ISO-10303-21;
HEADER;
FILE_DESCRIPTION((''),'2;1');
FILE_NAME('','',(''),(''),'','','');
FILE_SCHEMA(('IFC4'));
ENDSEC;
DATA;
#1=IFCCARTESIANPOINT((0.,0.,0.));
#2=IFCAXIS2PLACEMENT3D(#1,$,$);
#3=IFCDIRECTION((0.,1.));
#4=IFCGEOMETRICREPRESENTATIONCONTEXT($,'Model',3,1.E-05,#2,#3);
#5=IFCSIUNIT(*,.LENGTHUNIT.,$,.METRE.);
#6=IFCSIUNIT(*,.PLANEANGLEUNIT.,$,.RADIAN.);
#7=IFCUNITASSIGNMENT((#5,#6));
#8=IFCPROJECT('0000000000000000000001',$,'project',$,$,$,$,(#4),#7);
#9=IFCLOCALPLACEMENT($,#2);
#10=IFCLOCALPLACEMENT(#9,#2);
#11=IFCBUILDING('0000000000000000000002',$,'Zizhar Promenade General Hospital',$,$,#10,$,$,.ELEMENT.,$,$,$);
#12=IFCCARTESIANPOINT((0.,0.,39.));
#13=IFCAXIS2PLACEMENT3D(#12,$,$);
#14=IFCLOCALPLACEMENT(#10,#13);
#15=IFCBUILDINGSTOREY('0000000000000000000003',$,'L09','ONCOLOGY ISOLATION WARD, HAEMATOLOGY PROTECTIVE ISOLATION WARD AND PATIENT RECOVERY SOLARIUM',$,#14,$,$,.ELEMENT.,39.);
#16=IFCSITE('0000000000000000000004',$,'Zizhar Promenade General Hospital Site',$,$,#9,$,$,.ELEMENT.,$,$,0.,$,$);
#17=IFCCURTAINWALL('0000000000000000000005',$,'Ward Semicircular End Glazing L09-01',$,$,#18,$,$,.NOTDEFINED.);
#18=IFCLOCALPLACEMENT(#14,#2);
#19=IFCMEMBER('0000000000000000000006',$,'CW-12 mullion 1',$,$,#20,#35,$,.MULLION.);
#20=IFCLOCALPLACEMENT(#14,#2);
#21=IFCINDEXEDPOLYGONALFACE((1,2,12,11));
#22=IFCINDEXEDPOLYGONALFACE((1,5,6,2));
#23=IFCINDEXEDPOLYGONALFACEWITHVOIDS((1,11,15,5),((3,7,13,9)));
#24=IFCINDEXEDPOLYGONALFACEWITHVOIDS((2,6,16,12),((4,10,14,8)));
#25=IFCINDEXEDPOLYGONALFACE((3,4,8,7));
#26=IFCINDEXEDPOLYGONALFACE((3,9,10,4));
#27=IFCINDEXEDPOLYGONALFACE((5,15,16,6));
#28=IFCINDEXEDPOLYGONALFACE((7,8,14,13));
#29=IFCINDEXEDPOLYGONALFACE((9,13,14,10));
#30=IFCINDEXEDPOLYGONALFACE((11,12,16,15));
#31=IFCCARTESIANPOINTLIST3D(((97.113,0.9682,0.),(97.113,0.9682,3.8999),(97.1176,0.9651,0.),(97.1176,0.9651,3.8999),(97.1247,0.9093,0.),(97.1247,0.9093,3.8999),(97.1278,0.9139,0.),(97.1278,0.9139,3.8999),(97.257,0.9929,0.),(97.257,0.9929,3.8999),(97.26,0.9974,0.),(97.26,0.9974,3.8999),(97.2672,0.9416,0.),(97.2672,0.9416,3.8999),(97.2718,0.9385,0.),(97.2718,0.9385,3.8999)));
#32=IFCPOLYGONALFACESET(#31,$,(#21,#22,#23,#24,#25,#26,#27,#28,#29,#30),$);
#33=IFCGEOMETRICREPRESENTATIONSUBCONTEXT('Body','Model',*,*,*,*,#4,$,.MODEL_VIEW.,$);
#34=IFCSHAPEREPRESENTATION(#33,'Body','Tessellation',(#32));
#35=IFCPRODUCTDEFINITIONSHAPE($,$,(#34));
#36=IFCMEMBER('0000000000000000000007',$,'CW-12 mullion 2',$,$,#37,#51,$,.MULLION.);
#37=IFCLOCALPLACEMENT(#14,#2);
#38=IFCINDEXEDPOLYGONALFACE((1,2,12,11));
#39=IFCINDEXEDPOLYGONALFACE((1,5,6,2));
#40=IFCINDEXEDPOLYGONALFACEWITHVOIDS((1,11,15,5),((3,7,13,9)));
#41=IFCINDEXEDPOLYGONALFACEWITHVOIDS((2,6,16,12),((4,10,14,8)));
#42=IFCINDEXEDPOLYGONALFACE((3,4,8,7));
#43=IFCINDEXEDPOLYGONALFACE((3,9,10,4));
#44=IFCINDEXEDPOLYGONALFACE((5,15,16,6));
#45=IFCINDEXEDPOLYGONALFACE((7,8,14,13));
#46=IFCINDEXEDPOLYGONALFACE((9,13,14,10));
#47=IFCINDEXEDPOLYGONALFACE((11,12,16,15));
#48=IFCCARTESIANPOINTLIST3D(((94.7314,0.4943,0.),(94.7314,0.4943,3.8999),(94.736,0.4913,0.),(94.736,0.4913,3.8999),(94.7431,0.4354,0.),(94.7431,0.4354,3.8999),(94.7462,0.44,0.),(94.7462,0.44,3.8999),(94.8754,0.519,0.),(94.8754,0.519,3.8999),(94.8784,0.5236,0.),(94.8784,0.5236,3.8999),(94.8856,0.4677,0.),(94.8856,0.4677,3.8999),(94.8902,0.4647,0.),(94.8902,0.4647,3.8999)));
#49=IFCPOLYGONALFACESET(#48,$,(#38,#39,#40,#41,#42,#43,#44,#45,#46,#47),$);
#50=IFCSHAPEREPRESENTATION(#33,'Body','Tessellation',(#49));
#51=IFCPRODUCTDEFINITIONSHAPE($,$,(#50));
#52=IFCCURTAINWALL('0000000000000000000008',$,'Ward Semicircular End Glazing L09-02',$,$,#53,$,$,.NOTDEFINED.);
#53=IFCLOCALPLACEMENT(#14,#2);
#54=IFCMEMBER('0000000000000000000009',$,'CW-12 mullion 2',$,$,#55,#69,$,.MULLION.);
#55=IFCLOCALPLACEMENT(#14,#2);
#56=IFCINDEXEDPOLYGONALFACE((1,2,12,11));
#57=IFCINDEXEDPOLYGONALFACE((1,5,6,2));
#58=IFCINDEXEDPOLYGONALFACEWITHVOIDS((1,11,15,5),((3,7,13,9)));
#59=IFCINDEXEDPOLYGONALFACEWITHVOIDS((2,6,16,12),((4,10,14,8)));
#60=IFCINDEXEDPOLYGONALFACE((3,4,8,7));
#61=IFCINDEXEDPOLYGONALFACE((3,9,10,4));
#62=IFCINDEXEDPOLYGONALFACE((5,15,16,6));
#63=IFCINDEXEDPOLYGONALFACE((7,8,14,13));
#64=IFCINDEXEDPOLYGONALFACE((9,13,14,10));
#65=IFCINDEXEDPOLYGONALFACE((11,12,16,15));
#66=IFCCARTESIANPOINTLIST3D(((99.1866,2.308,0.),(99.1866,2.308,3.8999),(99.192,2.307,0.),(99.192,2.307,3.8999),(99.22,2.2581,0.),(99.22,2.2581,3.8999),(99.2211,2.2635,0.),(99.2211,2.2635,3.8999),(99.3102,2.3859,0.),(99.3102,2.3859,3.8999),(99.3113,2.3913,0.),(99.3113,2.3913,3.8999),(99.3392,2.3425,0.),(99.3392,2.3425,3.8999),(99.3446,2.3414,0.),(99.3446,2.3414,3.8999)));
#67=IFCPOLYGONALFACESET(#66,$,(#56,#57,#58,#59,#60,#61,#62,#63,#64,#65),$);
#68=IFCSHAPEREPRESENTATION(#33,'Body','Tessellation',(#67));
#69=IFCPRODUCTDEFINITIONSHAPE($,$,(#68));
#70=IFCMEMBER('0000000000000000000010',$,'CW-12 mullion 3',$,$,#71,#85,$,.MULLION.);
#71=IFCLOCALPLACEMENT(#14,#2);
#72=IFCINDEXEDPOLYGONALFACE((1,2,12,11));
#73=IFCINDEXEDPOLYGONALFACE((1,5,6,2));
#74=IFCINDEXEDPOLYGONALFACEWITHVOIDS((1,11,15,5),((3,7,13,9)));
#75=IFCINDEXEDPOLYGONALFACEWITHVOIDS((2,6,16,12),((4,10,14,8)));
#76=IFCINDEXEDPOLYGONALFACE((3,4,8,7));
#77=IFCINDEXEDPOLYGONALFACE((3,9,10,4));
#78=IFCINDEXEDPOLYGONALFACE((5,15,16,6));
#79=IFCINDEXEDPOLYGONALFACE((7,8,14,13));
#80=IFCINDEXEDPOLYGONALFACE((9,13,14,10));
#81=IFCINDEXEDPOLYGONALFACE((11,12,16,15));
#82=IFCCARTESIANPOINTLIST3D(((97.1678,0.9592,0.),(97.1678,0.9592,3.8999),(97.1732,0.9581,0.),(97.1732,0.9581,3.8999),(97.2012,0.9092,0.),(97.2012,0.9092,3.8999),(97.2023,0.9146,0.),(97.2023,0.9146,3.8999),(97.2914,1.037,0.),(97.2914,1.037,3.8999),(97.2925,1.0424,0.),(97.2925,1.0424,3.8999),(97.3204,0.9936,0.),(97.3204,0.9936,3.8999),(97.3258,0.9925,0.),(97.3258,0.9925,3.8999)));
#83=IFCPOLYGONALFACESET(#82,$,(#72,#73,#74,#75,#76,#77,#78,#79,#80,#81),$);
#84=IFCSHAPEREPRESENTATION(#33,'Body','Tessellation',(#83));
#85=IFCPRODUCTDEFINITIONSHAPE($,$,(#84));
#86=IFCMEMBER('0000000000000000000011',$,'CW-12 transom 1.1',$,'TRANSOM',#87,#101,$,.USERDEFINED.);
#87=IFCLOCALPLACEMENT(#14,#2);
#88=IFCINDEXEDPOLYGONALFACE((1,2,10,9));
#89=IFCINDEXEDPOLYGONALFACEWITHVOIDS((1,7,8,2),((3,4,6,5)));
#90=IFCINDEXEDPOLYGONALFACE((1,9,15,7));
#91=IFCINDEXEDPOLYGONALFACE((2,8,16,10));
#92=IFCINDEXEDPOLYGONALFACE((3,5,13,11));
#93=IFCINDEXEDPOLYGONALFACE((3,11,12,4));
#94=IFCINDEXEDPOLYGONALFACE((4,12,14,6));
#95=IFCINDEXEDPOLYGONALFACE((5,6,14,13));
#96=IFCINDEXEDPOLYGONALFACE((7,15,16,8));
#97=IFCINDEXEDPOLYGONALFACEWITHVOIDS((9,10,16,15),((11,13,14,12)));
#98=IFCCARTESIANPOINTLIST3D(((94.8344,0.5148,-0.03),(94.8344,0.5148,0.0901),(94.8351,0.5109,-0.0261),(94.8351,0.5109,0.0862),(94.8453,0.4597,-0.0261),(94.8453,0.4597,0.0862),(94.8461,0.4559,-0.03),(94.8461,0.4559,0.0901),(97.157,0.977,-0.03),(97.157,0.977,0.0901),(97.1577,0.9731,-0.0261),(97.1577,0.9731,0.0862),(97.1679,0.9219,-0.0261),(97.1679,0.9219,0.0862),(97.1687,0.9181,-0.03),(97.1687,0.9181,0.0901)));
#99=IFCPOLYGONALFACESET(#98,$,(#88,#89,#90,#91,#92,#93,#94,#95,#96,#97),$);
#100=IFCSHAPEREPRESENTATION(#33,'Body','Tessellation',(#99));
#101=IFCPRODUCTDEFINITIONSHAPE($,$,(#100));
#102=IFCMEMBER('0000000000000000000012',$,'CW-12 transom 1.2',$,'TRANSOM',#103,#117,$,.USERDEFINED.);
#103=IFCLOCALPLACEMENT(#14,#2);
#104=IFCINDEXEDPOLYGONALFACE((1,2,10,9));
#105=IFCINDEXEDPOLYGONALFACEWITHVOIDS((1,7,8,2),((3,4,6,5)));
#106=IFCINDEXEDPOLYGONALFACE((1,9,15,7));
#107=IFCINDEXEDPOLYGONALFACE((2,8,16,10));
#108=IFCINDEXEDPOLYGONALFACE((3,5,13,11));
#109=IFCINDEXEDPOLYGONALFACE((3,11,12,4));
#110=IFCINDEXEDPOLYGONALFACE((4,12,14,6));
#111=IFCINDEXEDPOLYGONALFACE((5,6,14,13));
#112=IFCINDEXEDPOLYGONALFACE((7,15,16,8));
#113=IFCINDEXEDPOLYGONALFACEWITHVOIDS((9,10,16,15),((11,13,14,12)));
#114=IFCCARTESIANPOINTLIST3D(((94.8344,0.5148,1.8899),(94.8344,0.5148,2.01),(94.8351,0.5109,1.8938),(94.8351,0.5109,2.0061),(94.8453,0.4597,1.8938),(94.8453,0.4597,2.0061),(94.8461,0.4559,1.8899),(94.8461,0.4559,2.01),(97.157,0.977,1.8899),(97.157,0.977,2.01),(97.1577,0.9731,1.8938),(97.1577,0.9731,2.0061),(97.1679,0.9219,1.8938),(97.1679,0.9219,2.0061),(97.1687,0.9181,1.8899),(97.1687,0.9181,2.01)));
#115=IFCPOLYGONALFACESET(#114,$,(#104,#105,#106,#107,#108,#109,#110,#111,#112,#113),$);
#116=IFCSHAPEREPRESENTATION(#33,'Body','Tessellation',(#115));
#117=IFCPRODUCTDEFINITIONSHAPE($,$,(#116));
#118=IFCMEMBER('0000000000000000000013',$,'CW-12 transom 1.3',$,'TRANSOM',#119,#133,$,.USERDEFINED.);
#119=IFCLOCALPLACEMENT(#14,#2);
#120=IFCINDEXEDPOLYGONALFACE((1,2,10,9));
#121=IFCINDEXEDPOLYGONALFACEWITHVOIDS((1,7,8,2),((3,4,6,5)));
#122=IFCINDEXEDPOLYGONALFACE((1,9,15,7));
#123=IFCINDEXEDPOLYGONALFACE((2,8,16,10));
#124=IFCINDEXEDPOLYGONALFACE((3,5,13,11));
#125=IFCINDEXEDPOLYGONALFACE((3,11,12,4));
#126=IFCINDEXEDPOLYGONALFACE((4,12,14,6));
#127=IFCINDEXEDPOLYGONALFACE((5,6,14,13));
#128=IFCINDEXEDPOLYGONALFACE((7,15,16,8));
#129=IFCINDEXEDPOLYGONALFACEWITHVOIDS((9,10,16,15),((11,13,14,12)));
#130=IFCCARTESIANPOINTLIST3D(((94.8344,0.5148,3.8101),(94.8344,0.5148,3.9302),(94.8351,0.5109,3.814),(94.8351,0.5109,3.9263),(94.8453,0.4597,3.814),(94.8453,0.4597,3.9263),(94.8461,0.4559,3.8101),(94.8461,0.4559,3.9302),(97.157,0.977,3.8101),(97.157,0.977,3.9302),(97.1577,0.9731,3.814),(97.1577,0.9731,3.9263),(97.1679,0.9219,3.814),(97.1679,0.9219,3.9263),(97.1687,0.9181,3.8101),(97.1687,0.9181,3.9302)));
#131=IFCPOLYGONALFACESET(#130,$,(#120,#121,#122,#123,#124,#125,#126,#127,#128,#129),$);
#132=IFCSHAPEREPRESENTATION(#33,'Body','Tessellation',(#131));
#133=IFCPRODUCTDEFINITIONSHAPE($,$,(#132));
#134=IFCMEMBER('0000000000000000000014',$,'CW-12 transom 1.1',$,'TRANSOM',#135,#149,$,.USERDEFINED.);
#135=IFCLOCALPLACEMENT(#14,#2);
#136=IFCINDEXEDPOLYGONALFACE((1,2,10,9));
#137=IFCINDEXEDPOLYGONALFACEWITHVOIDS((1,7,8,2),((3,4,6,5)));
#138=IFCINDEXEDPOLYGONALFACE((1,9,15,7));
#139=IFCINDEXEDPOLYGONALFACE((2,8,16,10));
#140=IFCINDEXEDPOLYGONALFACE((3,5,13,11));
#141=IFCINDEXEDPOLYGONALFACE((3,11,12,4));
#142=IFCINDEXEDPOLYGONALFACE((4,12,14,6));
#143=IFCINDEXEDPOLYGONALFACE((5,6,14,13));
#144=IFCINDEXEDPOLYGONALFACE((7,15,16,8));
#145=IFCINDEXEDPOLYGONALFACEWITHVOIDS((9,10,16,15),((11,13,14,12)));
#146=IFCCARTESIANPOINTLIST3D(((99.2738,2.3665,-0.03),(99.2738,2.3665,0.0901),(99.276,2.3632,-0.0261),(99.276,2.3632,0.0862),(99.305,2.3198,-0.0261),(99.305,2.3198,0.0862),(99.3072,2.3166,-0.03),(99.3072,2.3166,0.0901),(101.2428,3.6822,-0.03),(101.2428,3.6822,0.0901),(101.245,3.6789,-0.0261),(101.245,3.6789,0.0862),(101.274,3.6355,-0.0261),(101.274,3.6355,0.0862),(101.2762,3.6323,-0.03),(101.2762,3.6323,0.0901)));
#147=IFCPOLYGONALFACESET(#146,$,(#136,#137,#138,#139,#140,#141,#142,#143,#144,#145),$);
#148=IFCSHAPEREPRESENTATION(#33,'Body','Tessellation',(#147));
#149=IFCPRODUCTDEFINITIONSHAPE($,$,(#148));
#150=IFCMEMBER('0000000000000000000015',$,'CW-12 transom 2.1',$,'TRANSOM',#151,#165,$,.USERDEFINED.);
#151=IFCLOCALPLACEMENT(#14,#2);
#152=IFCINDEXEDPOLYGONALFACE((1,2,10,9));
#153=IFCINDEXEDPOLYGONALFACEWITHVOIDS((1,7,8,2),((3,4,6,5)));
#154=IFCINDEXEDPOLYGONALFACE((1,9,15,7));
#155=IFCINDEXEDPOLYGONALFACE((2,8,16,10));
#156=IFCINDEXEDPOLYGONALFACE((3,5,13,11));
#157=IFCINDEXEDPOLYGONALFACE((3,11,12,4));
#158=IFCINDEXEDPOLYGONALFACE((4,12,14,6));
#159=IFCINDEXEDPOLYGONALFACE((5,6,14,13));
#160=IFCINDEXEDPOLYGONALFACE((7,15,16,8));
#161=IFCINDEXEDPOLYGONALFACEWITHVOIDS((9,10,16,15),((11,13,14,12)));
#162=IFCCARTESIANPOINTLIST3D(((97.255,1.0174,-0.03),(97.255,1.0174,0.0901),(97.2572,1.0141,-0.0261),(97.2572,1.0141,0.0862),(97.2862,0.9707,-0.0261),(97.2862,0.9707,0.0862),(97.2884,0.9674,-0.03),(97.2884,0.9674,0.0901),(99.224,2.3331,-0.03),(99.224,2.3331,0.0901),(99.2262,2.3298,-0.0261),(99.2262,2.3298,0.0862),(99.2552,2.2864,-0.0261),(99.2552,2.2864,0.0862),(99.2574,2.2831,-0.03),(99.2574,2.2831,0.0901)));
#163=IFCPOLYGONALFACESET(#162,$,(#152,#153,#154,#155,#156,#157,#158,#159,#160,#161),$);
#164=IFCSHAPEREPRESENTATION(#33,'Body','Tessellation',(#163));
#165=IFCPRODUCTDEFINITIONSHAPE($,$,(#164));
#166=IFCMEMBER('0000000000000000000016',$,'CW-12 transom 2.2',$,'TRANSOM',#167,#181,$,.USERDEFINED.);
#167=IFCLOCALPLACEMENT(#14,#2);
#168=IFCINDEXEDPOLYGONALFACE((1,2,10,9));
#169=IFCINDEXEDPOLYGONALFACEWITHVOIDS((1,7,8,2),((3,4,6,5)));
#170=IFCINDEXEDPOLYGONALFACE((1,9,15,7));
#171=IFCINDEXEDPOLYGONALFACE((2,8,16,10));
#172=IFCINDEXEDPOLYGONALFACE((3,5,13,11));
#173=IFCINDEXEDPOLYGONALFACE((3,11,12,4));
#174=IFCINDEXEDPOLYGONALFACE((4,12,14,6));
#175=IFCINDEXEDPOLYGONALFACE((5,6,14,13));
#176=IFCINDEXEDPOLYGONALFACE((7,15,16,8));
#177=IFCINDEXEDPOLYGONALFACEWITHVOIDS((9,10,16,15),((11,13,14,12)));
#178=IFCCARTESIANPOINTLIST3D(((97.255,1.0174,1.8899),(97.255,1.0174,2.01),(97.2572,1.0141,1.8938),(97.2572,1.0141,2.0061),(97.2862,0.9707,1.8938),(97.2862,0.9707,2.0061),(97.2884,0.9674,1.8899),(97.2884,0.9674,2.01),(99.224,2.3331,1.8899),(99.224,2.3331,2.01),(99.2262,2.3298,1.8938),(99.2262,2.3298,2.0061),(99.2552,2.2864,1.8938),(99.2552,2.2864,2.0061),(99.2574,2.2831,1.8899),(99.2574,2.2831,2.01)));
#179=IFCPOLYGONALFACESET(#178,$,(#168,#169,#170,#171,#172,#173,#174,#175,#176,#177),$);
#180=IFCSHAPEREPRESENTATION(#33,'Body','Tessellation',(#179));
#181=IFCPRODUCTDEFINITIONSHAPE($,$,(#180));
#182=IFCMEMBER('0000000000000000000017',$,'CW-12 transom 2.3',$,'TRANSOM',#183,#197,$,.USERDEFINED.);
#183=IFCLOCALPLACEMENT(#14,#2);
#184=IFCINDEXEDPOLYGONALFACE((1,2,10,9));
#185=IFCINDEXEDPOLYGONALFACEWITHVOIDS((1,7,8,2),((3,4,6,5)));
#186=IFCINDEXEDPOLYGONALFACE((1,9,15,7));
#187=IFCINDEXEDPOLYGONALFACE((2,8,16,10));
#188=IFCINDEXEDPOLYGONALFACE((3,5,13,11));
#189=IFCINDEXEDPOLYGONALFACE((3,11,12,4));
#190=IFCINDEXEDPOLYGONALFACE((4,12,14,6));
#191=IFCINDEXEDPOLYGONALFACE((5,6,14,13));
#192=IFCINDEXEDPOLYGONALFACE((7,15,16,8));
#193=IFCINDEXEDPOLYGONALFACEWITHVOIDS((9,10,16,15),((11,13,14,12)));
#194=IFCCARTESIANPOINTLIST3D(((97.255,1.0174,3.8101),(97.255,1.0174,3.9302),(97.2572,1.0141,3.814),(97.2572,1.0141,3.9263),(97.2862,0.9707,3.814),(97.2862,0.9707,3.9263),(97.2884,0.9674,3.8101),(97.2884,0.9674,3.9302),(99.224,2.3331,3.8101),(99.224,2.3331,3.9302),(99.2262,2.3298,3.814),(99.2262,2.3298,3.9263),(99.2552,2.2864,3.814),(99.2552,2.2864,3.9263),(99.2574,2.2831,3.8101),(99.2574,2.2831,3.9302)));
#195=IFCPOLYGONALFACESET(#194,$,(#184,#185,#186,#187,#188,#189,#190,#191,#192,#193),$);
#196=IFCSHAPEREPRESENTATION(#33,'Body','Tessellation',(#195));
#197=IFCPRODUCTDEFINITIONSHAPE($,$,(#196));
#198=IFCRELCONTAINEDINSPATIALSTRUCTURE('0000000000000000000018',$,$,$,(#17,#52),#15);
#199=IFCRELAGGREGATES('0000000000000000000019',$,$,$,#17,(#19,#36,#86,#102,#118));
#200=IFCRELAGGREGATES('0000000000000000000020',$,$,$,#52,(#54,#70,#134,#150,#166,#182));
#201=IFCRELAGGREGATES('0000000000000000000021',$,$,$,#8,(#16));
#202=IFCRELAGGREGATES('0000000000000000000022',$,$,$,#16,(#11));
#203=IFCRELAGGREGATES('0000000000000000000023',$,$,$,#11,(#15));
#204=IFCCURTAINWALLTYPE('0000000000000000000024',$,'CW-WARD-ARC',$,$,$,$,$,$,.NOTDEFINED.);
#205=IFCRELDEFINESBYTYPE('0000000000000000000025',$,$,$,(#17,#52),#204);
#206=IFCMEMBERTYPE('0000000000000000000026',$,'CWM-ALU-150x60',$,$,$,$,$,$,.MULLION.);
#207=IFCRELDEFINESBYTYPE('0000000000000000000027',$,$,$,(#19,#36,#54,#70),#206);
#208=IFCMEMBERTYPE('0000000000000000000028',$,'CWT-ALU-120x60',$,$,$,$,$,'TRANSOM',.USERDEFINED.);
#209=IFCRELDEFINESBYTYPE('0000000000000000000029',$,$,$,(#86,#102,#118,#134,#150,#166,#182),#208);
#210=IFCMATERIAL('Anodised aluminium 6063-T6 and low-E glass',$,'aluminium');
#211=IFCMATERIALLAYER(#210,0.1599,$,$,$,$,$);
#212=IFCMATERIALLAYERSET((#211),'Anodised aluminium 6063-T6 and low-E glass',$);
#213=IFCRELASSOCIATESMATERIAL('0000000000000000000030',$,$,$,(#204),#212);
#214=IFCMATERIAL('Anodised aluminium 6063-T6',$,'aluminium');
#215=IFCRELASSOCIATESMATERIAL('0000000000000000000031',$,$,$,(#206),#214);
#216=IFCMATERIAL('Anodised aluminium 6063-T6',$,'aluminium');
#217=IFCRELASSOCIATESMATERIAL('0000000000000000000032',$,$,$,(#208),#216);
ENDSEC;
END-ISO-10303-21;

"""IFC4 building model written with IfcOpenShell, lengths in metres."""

from ifc_helpers import new_model, si_unit, direction, frame, origin, origin_2d, place, context, subcontext, project, spatial, hollow_rectangle, extrude, material, layer, layer_set, material_profile, profile_set, type_object, element, aggregate, save


model = new_model("IFC4")

# Units and contexts
model_context = context("Model", 3, precision=1e-05, world=origin(), true_north=direction((0.0, 1.0)))
body_context = subcontext(model_context, "Body", "Model", "MODEL_VIEW")
ifc_project = project(units=[si_unit("LENGTHUNIT", "METRE"), si_unit("PLANEANGLEUNIT", "RADIAN")], contexts=[model_context])

# Site, building, storey
site_placement = place(None, origin())
site = spatial("IfcSite", under=ifc_project, at=site_placement, Name="Zizhar Promenade General Hospital Site", CompositionType="ELEMENT", RefElevation=0.0)
building_placement = place(site_placement, origin())
building = spatial("IfcBuilding", under=site, at=building_placement, Name="Zizhar Promenade General Hospital", CompositionType="ELEMENT")
storey_placement = place(building_placement, frame((0.0, 0.0, 39.0)))
storey = spatial("IfcBuildingStorey", under=building, at=storey_placement, Name="L09", Description="ONCOLOGY ISOLATION WARD, HAEMATOLOGY PROTECTIVE ISOLATION WARD AND PATIENT RECOVERY SOLARIUM", CompositionType="ELEMENT", Elevation=39.0)

# Curtain walls, members
ifc_material_1 = material(Name="Anodised aluminium 6063-T6 and low-E glass", Category="aluminium")
ifc_layer_1 = layer(ifc_material_1, 0.1599)
ifc_layer_set_1 = layer_set([ifc_layer_1], Name="Anodised aluminium 6063-T6 and low-E glass")
curtain_wall_type = type_object("IfcCurtainWallType", Name="CW-WARD-ARC", PredefinedType="NOTDEFINED", material=ifc_layer_set_1)
curtain_wall_1_placement = place(storey_placement, origin())
curtain_wall_1 = element("IfcCurtainWall", 1, at=curtain_wall_1_placement, inside=storey, type_object=curtain_wall_type, Name="Ward Semicircular End Glazing L09-01", PredefinedType="NOTDEFINED")
ifc_material_2 = material(Name="Anodised aluminium 6063-T6", Category="aluminium")
ifc_material_profile_1 = material_profile(ifc_material_2, hollow_rectangle(XDim=0.0601, YDim=0.1499, WallThickness=0.0039, at=origin_2d()))
ifc_profile_set_1 = profile_set([ifc_material_profile_1], Name="Anodised aluminium 6063-T6")
member_type_1 = type_object("IfcMemberType", Name="CWM-ALU-150x60", PredefinedType="MULLION", material=ifc_profile_set_1)
member_1_placement = place(storey_placement, frame((97.1924, 0.9534, 0.0), z_axis=(0.0, 0.0, 1.0), x_axis=(0.195087, -0.980786, 0.0)))
member_1 = element("IfcMember", 2, at=member_1_placement, type_object=member_type_1, Name="CW-12 mullion 1", PredefinedType="MULLION", context=body_context, shape_type="SweptSolid", body=[
    extrude(hollow_rectangle(XDim=0.0601, YDim=0.1499, WallThickness=0.0039, at=origin_2d()), origin(), (0.0, 0.0, 1.0), 3.8999),
])
member_2_placement = place(storey_placement, frame((94.8108, 0.4795, 0.0), z_axis=(0.0, 0.0, 1.0), x_axis=(0.195087, -0.980786, 0.0)))
member_2 = element("IfcMember", 3, at=member_2_placement, type_object=member_type_1, Name="CW-12 mullion 2", PredefinedType="MULLION", context=body_context, shape_type="SweptSolid", body=[
    extrude(hollow_rectangle(XDim=0.0601, YDim=0.1499, WallThickness=0.0039, at=origin_2d()), origin(), (0.0, 0.0, 1.0), 3.8999),
])
curtain_wall_2_placement = place(storey_placement, origin())
curtain_wall_2 = element("IfcCurtainWall", 4, at=curtain_wall_2_placement, inside=storey, type_object=curtain_wall_type, Name="Ward Semicircular End Glazing L09-02", PredefinedType="NOTDEFINED")
member_3_placement = place(storey_placement, frame((99.2656, 2.3247, 0.0), z_axis=(0.0, 0.0, 1.0), x_axis=(0.555582, -0.831462, 0.0)))
member_3 = element("IfcMember", 5, at=member_3_placement, type_object=member_type_1, Name="CW-12 mullion 2", PredefinedType="MULLION", context=body_context, shape_type="SweptSolid", body=[
    extrude(hollow_rectangle(XDim=0.0601, YDim=0.1499, WallThickness=0.0039, at=origin_2d()), origin(), (0.0, 0.0, 1.0), 3.8999),
])
member_4_placement = place(storey_placement, frame((97.2468, 0.9758, 0.0), z_axis=(0.0, 0.0, 1.0), x_axis=(0.555582, -0.831462, 0.0)))
member_4 = element("IfcMember", 6, at=member_4_placement, type_object=member_type_1, Name="CW-12 mullion 3", PredefinedType="MULLION", context=body_context, shape_type="SweptSolid", body=[
    extrude(hollow_rectangle(XDim=0.0601, YDim=0.1499, WallThickness=0.0039, at=origin_2d()), origin(), (0.0, 0.0, 1.0), 3.8999),
])

# Members
ifc_material_3 = material(Name="Anodised aluminium 6063-T6", Category="aluminium")
ifc_material_profile_2 = material_profile(ifc_material_3, hollow_rectangle(XDim=0.0601, YDim=0.1201, WallThickness=0.0039, at=origin_2d()))
ifc_profile_set_2 = profile_set([ifc_material_profile_2], Name="Anodised aluminium 6063-T6")
member_type_2 = type_object("IfcMemberType", Name="CWT-ALU-120x60", ElementType="TRANSOM", PredefinedType="USERDEFINED", material=ifc_profile_set_2)
member_5_placement = place(storey_placement, frame((97.1628, 0.9475, 0.03), z_axis=(-0.980771, -0.195164, 0.0), x_axis=(0.195164, -0.980771, 0.0)))
member_5 = element("IfcMember", 7, at=member_5_placement, type_object=member_type_2, Name="CW-12 transom 1.1", ObjectType="TRANSOM", PredefinedType="USERDEFINED", context=body_context, shape_type="SweptSolid", body=[
    extrude(hollow_rectangle(XDim=0.0601, YDim=0.1201, WallThickness=0.0039, at=origin_2d()), origin(), (0.0, 0.0, 1.0), 2.3682),
])
member_6_placement = place(storey_placement, frame((97.1628, 0.9475, 1.95), z_axis=(-0.980771, -0.195164, 0.0), x_axis=(0.195164, -0.980771, 0.0)))
member_6 = element("IfcMember", 8, at=member_6_placement, type_object=member_type_2, Name="CW-12 transom 1.2", ObjectType="TRANSOM", PredefinedType="USERDEFINED", context=body_context, shape_type="SweptSolid", body=[
    extrude(hollow_rectangle(XDim=0.0601, YDim=0.1201, WallThickness=0.0039, at=origin_2d()), origin(), (0.0, 0.0, 1.0), 2.3682),
])
member_7_placement = place(storey_placement, frame((97.1628, 0.9475, 3.8701), z_axis=(-0.980771, -0.195164, 0.0), x_axis=(0.195164, -0.980771, 0.0)))
member_7 = element("IfcMember", 9, at=member_7_placement, type_object=member_type_2, Name="CW-12 transom 1.3", ObjectType="TRANSOM", PredefinedType="USERDEFINED", context=body_context, shape_type="SweptSolid", body=[
    extrude(hollow_rectangle(XDim=0.0601, YDim=0.1201, WallThickness=0.0039, at=origin_2d()), origin(), (0.0, 0.0, 1.0), 2.3682),
])
member_8_placement = place(storey_placement, frame((101.2595, 3.6572, 0.03), z_axis=(-0.831463, -0.55558, 0.0), x_axis=(0.55558, -0.831463, 0.0)))
member_8 = element("IfcMember", 10, at=member_8_placement, type_object=member_type_2, Name="CW-12 transom 1.1", ObjectType="TRANSOM", PredefinedType="USERDEFINED", context=body_context, shape_type="SweptSolid", body=[
    extrude(hollow_rectangle(XDim=0.0601, YDim=0.1201, WallThickness=0.0039, at=origin_2d()), origin(), (0.0, 0.0, 1.0), 2.3682),
])
member_9_placement = place(storey_placement, frame((99.2407, 2.3081, 0.03), z_axis=(-0.831463, -0.55558, 0.0), x_axis=(0.55558, -0.831463, 0.0)))
member_9 = element("IfcMember", 11, at=member_9_placement, type_object=member_type_2, Name="CW-12 transom 2.1", ObjectType="TRANSOM", PredefinedType="USERDEFINED", context=body_context, shape_type="SweptSolid", body=[
    extrude(hollow_rectangle(XDim=0.0601, YDim=0.1201, WallThickness=0.0039, at=origin_2d()), origin(), (0.0, 0.0, 1.0), 2.3682),
])
member_10_placement = place(storey_placement, frame((99.2407, 2.3081, 1.95), z_axis=(-0.831463, -0.55558, 0.0), x_axis=(0.55558, -0.831463, 0.0)))
member_10 = element("IfcMember", 12, at=member_10_placement, type_object=member_type_2, Name="CW-12 transom 2.2", ObjectType="TRANSOM", PredefinedType="USERDEFINED", context=body_context, shape_type="SweptSolid", body=[
    extrude(hollow_rectangle(XDim=0.0601, YDim=0.1201, WallThickness=0.0039, at=origin_2d()), origin(), (0.0, 0.0, 1.0), 2.3682),
])
member_11_placement = place(storey_placement, frame((99.2407, 2.3081, 3.8701), z_axis=(-0.831463, -0.55558, 0.0), x_axis=(0.55558, -0.831463, 0.0)))
member_11 = element("IfcMember", 13, at=member_11_placement, type_object=member_type_2, Name="CW-12 transom 2.3", ObjectType="TRANSOM", PredefinedType="USERDEFINED", context=body_context, shape_type="SweptSolid", body=[
    extrude(hollow_rectangle(XDim=0.0601, YDim=0.1201, WallThickness=0.0039, at=origin_2d()), origin(), (0.0, 0.0, 1.0), 2.3682),
])

aggregate(curtain_wall_1, [member_1, member_2, member_5, member_6, member_7])
aggregate(curtain_wall_2, [member_3, member_4, member_8, member_9, member_10, member_11])

save(model, "model.ifc")
